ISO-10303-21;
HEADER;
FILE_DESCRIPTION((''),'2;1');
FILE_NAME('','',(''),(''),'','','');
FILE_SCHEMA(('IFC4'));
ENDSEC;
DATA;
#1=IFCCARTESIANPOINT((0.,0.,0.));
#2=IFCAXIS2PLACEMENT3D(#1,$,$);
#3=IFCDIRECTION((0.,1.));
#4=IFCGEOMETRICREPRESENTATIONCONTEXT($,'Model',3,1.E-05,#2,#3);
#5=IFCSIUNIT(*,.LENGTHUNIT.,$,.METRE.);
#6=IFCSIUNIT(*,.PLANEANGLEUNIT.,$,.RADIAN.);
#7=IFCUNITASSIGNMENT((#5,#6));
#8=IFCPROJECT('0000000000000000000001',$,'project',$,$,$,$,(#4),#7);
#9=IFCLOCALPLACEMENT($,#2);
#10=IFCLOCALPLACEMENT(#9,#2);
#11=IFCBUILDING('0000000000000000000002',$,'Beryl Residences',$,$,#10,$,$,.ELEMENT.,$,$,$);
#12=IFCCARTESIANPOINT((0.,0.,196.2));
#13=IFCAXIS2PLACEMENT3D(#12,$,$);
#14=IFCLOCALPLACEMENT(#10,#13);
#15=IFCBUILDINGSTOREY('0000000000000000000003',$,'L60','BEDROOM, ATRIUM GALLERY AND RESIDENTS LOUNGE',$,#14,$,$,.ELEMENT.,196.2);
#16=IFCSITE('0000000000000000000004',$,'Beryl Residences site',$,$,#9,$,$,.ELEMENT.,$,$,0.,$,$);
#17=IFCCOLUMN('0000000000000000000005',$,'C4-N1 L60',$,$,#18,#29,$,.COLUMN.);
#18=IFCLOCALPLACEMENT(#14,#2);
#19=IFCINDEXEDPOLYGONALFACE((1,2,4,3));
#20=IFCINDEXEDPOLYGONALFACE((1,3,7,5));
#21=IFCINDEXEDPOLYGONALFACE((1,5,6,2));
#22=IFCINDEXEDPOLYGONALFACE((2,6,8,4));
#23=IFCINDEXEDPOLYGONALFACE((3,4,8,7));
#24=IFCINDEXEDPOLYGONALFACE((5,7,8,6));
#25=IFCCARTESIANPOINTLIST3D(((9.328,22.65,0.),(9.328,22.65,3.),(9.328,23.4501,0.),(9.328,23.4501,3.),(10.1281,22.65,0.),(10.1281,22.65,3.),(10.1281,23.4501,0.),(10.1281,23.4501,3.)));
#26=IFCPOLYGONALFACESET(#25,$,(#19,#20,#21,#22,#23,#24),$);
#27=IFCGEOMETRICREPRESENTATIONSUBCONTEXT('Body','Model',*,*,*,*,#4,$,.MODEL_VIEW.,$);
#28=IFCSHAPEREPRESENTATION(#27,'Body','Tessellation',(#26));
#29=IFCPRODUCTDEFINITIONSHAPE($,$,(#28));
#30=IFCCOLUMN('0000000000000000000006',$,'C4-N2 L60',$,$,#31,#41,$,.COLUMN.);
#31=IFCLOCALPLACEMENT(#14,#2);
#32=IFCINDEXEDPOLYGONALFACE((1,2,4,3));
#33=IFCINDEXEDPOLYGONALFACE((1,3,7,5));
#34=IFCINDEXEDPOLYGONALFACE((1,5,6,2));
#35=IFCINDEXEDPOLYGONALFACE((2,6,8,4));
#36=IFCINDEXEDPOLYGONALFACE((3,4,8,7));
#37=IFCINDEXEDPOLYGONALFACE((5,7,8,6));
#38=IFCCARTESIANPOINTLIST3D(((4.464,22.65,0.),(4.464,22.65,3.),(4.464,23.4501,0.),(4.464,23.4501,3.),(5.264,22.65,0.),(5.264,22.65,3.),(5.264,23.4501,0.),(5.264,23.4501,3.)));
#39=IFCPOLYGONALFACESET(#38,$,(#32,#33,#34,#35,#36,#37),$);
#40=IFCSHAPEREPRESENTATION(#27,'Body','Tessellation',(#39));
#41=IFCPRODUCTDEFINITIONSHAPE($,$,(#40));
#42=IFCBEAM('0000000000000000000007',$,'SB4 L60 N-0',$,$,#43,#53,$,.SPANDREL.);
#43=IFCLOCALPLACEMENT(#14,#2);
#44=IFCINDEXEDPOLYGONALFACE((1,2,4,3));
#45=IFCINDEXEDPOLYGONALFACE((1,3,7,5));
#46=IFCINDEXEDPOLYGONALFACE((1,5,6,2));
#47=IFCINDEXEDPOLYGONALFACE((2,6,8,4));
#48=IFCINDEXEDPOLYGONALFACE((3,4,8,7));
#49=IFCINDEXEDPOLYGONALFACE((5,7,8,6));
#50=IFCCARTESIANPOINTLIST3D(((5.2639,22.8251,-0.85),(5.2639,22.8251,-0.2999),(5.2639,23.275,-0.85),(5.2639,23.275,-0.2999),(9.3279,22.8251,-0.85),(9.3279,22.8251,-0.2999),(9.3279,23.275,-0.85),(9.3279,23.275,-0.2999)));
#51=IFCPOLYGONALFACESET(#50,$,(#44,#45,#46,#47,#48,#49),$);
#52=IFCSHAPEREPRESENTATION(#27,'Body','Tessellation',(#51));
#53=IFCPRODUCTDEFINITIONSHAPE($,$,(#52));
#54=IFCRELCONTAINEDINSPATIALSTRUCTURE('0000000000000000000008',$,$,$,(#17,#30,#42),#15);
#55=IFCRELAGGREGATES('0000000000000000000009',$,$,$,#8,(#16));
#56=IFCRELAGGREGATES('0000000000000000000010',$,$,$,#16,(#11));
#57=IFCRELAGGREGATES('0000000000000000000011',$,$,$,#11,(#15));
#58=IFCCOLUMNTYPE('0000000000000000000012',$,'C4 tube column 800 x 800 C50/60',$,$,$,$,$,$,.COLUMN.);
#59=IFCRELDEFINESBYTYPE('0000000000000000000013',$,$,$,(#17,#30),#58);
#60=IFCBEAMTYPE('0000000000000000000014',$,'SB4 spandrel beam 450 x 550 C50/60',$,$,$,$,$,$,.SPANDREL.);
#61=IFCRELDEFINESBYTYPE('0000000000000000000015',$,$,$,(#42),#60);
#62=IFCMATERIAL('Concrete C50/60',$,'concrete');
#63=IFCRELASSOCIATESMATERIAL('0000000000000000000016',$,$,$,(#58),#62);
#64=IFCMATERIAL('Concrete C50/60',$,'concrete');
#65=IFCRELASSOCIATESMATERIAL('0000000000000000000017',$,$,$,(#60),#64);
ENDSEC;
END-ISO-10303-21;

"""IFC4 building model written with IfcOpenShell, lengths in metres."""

from ifc_helpers import new_model, si_unit, direction, frame, origin, origin_2d, place, context, subcontext, project, spatial, rectangle, extrude, material, material_profile, profile_set, type_object, element, save


model = new_model("IFC4")

# Units and contexts
model_context = context("Model", 3, precision=1e-05, world=origin(), true_north=direction((0.0, 1.0)))
body_context = subcontext(model_context, "Body", "Model", "MODEL_VIEW")
ifc_project = project(units=[si_unit("LENGTHUNIT", "METRE"), si_unit("PLANEANGLEUNIT", "RADIAN")], contexts=[model_context])

# Site, building, storey
site_placement = place(None, origin())
site = spatial("IfcSite", under=ifc_project, at=site_placement, Name="Beryl Residences site", CompositionType="ELEMENT", RefElevation=0.0)
building_placement = place(site_placement, origin())
building = spatial("IfcBuilding", under=site, at=building_placement, Name="Beryl Residences", CompositionType="ELEMENT")
storey_placement = place(building_placement, frame((0.0, 0.0, 196.2)))
storey = spatial("IfcBuildingStorey", under=building, at=storey_placement, Name="L60", Description="BEDROOM, ATRIUM GALLERY AND RESIDENTS LOUNGE", CompositionType="ELEMENT", Elevation=196.2)

# Columns
ifc_material_1 = material(Name="Concrete C50/60", Category="concrete")
ifc_material_profile_1 = material_profile(ifc_material_1, rectangle(XDim=0.8, YDim=0.8, at=origin_2d()))
ifc_profile_set_1 = profile_set([ifc_material_profile_1], Name="Concrete C50/60")
column_type = type_object("IfcColumnType", Name="C4 tube column 800 x 800 C50/60", PredefinedType="COLUMN", material=ifc_profile_set_1)
for number, where, z_axis, x_axis, name in (
    (1, (9.728, 23.05, 0.0), (0.0, 0.0, 1.0), (-1.0, 0.0, 0.0), "C4-N1 L60"),
    (2, (4.864, 23.05, 0.0), (0.0, 0.0, 1.0), (-1.0, 0.0, 0.0), "C4-N2 L60"),
):
    element("IfcColumn", number, at=place(storey_placement, frame(where, z_axis=z_axis, x_axis=x_axis)), inside=storey, type_object=column_type, Name=name, PredefinedType="COLUMN", context=body_context, shape_type="SweptSolid", body=[
        extrude(rectangle(XDim=0.8, YDim=0.8, at=origin_2d()), origin(), (0.0, 0.0, 1.0), 3.0),
    ])

# Beam
ifc_material_2 = material(Name="Concrete C50/60", Category="concrete")
ifc_material_profile_2 = material_profile(ifc_material_2, rectangle(XDim=0.45, YDim=0.55, at=origin_2d()))
ifc_profile_set_2 = profile_set([ifc_material_profile_2], Name="Concrete C50/60")
beam_type = type_object("IfcBeamType", Name="SB4 spandrel beam 450 x 550 C50/60", PredefinedType="SPANDREL", material=ifc_profile_set_2)
beam_placement = place(storey_placement, frame((9.3279, 23.05, -0.575), z_axis=(-1.0, 0.0, 0.0), x_axis=(0.0, -1.0, 0.0)))
element("IfcBeam", 3, at=beam_placement, inside=storey, type_object=beam_type, Name="SB4 L60 N-0", PredefinedType="SPANDREL", context=body_context, shape_type="SweptSolid", body=[
    extrude(rectangle(XDim=0.45, YDim=0.55, at=origin_2d()), origin(), (0.0, 0.0, 1.0), 4.064),
])

save(model, "model.ifc")
